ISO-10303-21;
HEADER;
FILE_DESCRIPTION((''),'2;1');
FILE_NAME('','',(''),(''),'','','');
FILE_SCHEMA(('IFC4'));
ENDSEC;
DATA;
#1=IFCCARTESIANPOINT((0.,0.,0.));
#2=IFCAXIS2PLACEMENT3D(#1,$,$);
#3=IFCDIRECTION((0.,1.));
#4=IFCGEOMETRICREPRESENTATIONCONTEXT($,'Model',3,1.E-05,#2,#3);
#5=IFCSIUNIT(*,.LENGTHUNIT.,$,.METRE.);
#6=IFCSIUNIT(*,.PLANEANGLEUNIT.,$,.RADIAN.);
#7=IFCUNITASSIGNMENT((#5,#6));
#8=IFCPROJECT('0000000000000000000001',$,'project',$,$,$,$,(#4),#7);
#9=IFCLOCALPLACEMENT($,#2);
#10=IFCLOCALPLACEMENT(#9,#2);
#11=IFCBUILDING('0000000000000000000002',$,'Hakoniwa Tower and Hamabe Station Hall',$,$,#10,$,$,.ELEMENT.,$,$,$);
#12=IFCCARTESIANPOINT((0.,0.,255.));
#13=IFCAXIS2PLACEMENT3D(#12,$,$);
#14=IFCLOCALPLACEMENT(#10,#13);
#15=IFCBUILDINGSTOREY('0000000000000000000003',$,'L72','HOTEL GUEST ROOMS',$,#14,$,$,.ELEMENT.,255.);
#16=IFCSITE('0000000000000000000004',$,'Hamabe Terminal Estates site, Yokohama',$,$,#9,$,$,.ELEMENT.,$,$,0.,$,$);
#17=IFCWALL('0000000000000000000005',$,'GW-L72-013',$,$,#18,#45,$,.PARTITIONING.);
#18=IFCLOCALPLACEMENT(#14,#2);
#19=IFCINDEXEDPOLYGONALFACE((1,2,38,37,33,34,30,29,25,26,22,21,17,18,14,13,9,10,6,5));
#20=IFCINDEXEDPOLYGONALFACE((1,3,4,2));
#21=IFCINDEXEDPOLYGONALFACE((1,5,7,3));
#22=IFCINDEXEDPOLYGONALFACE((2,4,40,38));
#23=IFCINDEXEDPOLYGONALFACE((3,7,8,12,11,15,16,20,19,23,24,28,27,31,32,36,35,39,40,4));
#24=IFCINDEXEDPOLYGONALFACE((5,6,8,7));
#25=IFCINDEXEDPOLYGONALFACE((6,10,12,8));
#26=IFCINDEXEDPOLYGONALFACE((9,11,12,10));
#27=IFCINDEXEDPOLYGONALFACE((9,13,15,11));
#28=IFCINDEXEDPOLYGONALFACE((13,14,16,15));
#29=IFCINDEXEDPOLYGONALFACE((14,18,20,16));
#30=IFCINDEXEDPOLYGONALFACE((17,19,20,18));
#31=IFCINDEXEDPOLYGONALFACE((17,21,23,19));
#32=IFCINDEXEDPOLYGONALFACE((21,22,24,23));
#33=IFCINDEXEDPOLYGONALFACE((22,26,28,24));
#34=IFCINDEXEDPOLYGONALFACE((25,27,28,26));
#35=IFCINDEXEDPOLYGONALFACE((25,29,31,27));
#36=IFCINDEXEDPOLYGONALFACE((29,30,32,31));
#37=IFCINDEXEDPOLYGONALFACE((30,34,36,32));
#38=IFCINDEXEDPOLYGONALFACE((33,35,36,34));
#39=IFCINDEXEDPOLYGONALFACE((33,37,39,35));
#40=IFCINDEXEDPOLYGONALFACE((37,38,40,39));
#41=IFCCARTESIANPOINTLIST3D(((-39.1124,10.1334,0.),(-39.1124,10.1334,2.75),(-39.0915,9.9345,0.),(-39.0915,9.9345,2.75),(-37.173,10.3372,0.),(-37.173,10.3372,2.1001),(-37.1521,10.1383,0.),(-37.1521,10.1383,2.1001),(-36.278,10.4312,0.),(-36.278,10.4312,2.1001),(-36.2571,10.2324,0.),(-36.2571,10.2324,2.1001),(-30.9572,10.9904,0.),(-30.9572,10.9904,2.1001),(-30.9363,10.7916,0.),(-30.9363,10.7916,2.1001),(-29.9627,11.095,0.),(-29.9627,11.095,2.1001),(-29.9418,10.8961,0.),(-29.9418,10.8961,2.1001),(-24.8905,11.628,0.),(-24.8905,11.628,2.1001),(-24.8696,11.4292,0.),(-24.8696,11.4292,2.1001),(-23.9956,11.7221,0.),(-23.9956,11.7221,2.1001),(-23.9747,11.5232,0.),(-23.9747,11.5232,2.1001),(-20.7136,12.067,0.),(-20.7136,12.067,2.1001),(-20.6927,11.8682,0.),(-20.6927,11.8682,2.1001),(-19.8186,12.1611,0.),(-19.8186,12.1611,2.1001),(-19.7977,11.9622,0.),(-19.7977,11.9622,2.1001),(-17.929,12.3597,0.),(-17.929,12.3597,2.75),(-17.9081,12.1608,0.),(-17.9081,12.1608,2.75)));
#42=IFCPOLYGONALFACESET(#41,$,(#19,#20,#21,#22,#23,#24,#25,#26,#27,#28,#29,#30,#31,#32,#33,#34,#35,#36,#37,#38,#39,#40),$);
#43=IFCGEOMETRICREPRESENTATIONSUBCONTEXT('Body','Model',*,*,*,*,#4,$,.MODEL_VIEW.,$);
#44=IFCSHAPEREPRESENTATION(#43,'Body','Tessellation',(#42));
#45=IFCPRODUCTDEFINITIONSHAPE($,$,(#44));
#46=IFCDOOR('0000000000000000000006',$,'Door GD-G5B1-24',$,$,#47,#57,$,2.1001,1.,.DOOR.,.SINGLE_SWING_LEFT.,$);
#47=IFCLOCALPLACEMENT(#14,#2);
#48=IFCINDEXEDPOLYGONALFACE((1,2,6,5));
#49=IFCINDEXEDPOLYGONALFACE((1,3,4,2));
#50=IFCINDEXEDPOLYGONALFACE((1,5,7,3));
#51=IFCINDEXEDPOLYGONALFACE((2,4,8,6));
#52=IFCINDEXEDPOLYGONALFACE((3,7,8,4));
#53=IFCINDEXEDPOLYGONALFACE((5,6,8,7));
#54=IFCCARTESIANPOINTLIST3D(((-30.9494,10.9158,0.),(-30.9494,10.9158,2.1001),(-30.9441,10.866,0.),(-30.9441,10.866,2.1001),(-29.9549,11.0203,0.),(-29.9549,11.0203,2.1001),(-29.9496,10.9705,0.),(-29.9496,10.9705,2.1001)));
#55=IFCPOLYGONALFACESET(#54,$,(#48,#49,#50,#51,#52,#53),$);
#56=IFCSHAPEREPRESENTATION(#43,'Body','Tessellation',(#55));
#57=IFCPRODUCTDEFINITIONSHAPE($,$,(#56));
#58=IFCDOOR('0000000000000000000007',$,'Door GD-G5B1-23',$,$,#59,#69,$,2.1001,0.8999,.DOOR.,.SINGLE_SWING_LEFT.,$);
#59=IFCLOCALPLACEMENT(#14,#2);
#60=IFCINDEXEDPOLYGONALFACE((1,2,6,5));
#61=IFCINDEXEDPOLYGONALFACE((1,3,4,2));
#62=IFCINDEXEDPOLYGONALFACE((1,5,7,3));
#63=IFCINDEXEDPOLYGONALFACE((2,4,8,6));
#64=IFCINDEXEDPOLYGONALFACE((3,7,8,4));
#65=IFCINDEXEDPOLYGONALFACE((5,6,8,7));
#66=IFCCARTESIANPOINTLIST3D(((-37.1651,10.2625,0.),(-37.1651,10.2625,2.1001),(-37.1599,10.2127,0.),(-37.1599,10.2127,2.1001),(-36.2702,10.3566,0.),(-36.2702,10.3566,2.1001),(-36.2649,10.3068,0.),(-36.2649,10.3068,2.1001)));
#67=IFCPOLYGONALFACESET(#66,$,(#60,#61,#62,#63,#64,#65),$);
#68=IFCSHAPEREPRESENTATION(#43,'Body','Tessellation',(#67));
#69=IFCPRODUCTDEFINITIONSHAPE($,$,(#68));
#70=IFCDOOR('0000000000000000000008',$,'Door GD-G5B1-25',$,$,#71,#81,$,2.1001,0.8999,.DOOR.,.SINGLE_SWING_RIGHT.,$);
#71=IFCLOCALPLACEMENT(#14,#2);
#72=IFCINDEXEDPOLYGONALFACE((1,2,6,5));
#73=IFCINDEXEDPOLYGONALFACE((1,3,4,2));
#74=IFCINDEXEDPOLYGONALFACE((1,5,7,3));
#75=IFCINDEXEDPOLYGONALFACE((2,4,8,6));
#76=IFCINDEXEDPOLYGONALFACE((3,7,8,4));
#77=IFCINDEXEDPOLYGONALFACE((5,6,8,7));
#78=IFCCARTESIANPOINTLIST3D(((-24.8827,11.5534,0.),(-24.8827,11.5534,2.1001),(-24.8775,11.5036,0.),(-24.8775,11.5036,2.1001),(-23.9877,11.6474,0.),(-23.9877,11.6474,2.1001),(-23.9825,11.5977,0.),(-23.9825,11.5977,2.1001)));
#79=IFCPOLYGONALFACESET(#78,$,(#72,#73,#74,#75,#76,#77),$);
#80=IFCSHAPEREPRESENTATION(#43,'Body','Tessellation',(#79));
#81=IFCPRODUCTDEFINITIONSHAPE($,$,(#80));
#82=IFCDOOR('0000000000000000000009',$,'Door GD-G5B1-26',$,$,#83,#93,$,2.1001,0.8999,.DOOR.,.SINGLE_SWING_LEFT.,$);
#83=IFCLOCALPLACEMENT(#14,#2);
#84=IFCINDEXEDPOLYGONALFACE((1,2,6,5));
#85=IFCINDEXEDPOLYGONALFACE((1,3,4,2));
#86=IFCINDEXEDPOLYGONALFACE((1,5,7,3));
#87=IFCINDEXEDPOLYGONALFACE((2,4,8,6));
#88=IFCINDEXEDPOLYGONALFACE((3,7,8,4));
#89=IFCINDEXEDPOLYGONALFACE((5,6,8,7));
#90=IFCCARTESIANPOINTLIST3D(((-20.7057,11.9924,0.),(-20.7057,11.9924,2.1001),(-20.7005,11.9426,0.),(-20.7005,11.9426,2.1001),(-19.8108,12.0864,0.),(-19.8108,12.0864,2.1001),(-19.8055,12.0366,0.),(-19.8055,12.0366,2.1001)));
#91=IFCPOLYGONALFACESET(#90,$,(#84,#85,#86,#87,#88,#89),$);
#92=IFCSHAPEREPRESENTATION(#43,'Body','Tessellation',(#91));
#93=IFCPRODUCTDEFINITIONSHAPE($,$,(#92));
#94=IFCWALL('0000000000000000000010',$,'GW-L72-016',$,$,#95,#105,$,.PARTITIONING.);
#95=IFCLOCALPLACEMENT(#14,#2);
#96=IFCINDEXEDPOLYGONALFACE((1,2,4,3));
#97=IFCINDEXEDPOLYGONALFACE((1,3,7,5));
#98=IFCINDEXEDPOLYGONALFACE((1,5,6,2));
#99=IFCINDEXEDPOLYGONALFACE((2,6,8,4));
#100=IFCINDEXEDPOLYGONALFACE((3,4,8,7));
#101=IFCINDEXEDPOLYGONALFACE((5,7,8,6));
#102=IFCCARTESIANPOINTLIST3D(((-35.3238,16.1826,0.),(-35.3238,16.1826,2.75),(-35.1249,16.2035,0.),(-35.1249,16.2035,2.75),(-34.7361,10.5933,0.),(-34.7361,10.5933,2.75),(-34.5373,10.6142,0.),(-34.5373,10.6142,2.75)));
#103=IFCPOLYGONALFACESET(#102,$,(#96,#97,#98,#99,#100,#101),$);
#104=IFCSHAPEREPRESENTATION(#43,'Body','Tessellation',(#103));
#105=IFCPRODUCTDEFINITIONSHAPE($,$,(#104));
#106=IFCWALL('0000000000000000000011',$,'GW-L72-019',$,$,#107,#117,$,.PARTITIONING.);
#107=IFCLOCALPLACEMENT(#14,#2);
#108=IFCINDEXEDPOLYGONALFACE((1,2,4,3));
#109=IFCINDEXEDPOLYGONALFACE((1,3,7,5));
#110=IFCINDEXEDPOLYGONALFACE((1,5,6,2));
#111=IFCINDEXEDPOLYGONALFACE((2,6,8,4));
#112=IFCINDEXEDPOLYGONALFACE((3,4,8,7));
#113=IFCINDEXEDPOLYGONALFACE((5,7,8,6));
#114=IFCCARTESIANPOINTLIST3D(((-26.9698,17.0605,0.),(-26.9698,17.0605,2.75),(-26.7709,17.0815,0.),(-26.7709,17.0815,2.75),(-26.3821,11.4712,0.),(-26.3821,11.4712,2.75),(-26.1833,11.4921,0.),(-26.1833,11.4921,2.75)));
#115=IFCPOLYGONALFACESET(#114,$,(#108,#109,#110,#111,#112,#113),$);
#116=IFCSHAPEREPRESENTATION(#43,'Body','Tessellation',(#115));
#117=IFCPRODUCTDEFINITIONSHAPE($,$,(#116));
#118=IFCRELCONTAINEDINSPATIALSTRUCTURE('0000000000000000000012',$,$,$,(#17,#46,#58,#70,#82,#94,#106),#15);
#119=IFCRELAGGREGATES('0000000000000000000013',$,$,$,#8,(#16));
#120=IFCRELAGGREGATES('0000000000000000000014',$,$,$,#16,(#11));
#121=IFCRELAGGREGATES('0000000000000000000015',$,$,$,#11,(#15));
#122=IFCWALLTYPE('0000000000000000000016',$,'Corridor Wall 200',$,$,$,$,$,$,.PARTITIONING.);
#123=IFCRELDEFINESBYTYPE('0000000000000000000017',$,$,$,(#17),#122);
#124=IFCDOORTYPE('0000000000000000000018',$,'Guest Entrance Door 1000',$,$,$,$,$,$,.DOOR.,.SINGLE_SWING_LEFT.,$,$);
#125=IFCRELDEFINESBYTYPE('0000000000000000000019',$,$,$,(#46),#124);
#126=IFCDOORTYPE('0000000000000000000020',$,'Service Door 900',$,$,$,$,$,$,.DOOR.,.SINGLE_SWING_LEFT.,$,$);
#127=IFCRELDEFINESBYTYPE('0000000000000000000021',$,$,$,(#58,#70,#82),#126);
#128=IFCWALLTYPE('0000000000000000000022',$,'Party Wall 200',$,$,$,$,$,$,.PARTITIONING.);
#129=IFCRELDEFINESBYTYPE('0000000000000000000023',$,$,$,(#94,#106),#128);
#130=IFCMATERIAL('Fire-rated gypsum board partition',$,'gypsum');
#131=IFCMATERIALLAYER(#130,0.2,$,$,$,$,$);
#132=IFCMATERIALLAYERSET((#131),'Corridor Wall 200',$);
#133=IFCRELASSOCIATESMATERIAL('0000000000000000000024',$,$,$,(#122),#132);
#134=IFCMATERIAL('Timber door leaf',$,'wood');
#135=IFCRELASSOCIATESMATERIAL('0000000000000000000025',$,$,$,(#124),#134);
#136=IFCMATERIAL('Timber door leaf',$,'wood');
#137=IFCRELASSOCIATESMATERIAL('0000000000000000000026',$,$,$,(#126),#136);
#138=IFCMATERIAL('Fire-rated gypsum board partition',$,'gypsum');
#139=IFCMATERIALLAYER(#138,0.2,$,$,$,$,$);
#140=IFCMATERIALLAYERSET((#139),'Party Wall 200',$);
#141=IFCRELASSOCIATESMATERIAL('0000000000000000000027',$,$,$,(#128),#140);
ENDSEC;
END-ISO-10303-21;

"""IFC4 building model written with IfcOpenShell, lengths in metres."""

from ifc_helpers import new_model, si_unit, direction, frame, frame_2d, origin, place, context, subcontext, project, spatial, rectangle, extrude, material, layer, layer_set, type_object, element, fill, save


model = new_model("IFC4")

# Units and contexts
model_context = context("Model", 3, precision=1e-05, world=origin(), true_north=direction((0.0, 1.0)))
body_context = subcontext(model_context, "Body", "Model", "MODEL_VIEW")
ifc_project = project(units=[si_unit("LENGTHUNIT", "METRE"), si_unit("PLANEANGLEUNIT", "RADIAN")], contexts=[model_context])

# Site, building, storey
site_placement = place(None, origin())
site = spatial("IfcSite", under=ifc_project, at=site_placement, Name="Hamabe Terminal Estates site, Yokohama", CompositionType="ELEMENT", RefElevation=0.0)
building_placement = place(site_placement, origin())
building = spatial("IfcBuilding", under=site, at=building_placement, Name="Hakoniwa Tower and Hamabe Station Hall", CompositionType="ELEMENT")
storey_placement = place(building_placement, frame((0.0, 0.0, 255.0)))
storey = spatial("IfcBuildingStorey", under=building, at=storey_placement, Name="L72", Description="HOTEL GUEST ROOMS", CompositionType="ELEMENT", Elevation=255.0)

# Wall, openings, doors
ifc_material_1 = material(Name="Fire-rated gypsum board partition", Category="gypsum")
ifc_layer_1 = layer(ifc_material_1, 0.2)
ifc_layer_set_1 = layer_set([ifc_layer_1], Name="Corridor Wall 200")
wall_type_1 = type_object("IfcWallType", Name="Corridor Wall 200", PredefinedType="PARTITIONING", material=ifc_layer_set_1)
wall_1_placement = place(storey_placement, frame((-39.1018, 10.0339, 0.0), z_axis=(0.0, 0.0, 1.0), x_axis=(0.994523, 0.104522, 0.0)))
wall_1 = element("IfcWall", 1, at=wall_1_placement, inside=storey, type_object=wall_type_1, Name="GW-L72-013", PredefinedType="PARTITIONING", context=body_context, shape_type="SweptSolid", body=[
    extrude(rectangle(XDim=21.3, YDim=0.2, at=frame_2d((10.6499, 0.0))), origin(), (0.0, 0.0, 1.0), 2.75),
])
opening_1_placement = place(wall_1_placement, frame((1.95, 0.0, 0.0)))
opening_1 = element("IfcOpeningElement", 2, at=opening_1_placement, cuts=wall_1, PredefinedType="OPENING", context=body_context, shape_type="SweptSolid", body=[
    extrude(rectangle(XDim=0.8999, YDim=2.1001, at=frame_2d((0.45, 1.05))), frame((0.0, 0.1099, 0.0), z_axis=(0.0, -1.0, 0.0), x_axis=(1.0, 0.0, 0.0)), (0.0, 0.0, 1.0), 0.22),
])
opening_2_placement = place(wall_1_placement, frame((8.2, 0.0, 0.0)))
opening_2 = element("IfcOpeningElement", 3, at=opening_2_placement, cuts=wall_1, PredefinedType="OPENING", context=body_context, shape_type="SweptSolid", body=[
    extrude(rectangle(XDim=1.0, YDim=2.1001, at=frame_2d((0.5, 1.05))), frame((0.0, 0.1099, 0.0), z_axis=(0.0, -1.0, 0.0), x_axis=(1.0, 0.0, 0.0)), (0.0, 0.0, 1.0), 0.22),
])
opening_3_placement = place(wall_1_placement, frame((14.3, 0.0, 0.0)))
opening_3 = element("IfcOpeningElement", 4, at=opening_3_placement, cuts=wall_1, PredefinedType="OPENING", context=body_context, shape_type="SweptSolid", body=[
    extrude(rectangle(XDim=0.8999, YDim=2.1001, at=frame_2d((0.45, 1.05))), frame((0.0, 0.1099, 0.0), z_axis=(0.0, -1.0, 0.0), x_axis=(1.0, 0.0, 0.0)), (0.0, 0.0, 1.0), 0.22),
])
opening_4_placement = place(wall_1_placement, frame((18.5, 0.0, 0.0)))
opening_4 = element("IfcOpeningElement", 5, at=opening_4_placement, cuts=wall_1, PredefinedType="OPENING", context=body_context, shape_type="SweptSolid", body=[
    extrude(rectangle(XDim=0.8999, YDim=2.1001, at=frame_2d((0.45, 1.05))), frame((0.0, 0.1099, 0.0), z_axis=(0.0, -1.0, 0.0), x_axis=(1.0, 0.0, 0.0)), (0.0, 0.0, 1.0), 0.22),
])
ifc_material_2 = material(Name="Timber door leaf", Category="wood")
door_type_1 = type_object("IfcDoorType", Name="Guest Entrance Door 1000", OperationType="SINGLE_SWING_LEFT", PredefinedType="DOOR", material=ifc_material_2)
door_1_placement = place(opening_2_placement, origin())
door_1 = element("IfcDoor", 6, at=door_1_placement, inside=storey, type_object=door_type_1, Name="Door GD-G5B1-24", OperationType="SINGLE_SWING_LEFT", OverallHeight=2.1001, OverallWidth=1.0, PredefinedType="DOOR", context=body_context, shape_type="SweptSolid", body=[
    extrude(rectangle(XDim=1.0, YDim=2.1001, at=frame_2d((0.5, 1.05))), frame((0.0, 0.0249, 0.0), z_axis=(0.0, -1.0, 0.0), x_axis=(1.0, 0.0, 0.0)), (0.0, 0.0, 1.0), 0.05),
])
fill(opening_2, door_1)
ifc_material_3 = material(Name="Timber door leaf", Category="wood")
door_type_2 = type_object("IfcDoorType", Name="Service Door 900", OperationType="SINGLE_SWING_LEFT", PredefinedType="DOOR", material=ifc_material_3)
door_2_placement = place(opening_1_placement, origin())
door_2 = element("IfcDoor", 7, at=door_2_placement, inside=storey, type_object=door_type_2, Name="Door GD-G5B1-23", OperationType="SINGLE_SWING_LEFT", OverallHeight=2.1001, OverallWidth=0.8999, PredefinedType="DOOR", context=body_context, shape_type="SweptSolid", body=[
    extrude(rectangle(XDim=0.8999, YDim=2.1001, at=frame_2d((0.45, 1.05))), frame((0.0, 0.0249, 0.0), z_axis=(0.0, -1.0, 0.0), x_axis=(1.0, 0.0, 0.0)), (0.0, 0.0, 1.0), 0.05),
])
fill(opening_1, door_2)
door_3_placement = place(opening_3_placement, origin())
door_3 = element("IfcDoor", 8, at=door_3_placement, inside=storey, type_object=door_type_2, Name="Door GD-G5B1-25", OperationType="SINGLE_SWING_RIGHT", OverallHeight=2.1001, OverallWidth=0.8999, PredefinedType="DOOR", context=body_context, shape_type="SweptSolid", body=[
    extrude(rectangle(XDim=0.8999, YDim=2.1001, at=frame_2d((0.45, 1.05))), frame((0.0, 0.0249, 0.0), z_axis=(0.0, -1.0, 0.0), x_axis=(1.0, 0.0, 0.0)), (0.0, 0.0, 1.0), 0.05),
])
fill(opening_3, door_3)
door_4_placement = place(opening_4_placement, origin())
door_4 = element("IfcDoor", 9, at=door_4_placement, inside=storey, type_object=door_type_2, Name="Door GD-G5B1-26", OperationType="SINGLE_SWING_LEFT", OverallHeight=2.1001, OverallWidth=0.8999, PredefinedType="DOOR", context=body_context, shape_type="SweptSolid", body=[
    extrude(rectangle(XDim=0.8999, YDim=2.1001, at=frame_2d((0.45, 1.05))), frame((0.0, 0.0249, 0.0), z_axis=(0.0, -1.0, 0.0), x_axis=(1.0, 0.0, 0.0)), (0.0, 0.0, 1.0), 0.05),
])
fill(opening_4, door_4)

# Walls
ifc_material_4 = material(Name="Fire-rated gypsum board partition", Category="gypsum")
ifc_layer_2 = layer(ifc_material_4, 0.2)
ifc_layer_set_2 = layer_set([ifc_layer_2], Name="Party Wall 200")
wall_type_2 = type_object("IfcWallType", Name="Party Wall 200", PredefinedType="PARTITIONING", material=ifc_layer_set_2)
for number, where, z_axis, x_axis, name in (
    (10, (-34.6367, 10.6038, 0.0), (0.0, 0.0, 1.0), (-0.10456, 0.994519, 0.0), "GW-L72-016"),
    (11, (-26.2827, 11.4817, 0.0), (0.0, 0.0, 1.0), (-0.10456, 0.994519, 0.0), "GW-L72-019"),
):
    element("IfcWall", number, at=place(storey_placement, frame(where, z_axis=z_axis, x_axis=x_axis)), inside=storey, type_object=wall_type_2, Name=name, PredefinedType="PARTITIONING", context=body_context, shape_type="SweptSolid", body=[
        extrude(rectangle(XDim=5.6201, YDim=0.2, at=frame_2d((2.8101, 0.0))), origin(), (0.0, 0.0, 1.0), 2.75),
    ])

save(model, "model.ifc")
